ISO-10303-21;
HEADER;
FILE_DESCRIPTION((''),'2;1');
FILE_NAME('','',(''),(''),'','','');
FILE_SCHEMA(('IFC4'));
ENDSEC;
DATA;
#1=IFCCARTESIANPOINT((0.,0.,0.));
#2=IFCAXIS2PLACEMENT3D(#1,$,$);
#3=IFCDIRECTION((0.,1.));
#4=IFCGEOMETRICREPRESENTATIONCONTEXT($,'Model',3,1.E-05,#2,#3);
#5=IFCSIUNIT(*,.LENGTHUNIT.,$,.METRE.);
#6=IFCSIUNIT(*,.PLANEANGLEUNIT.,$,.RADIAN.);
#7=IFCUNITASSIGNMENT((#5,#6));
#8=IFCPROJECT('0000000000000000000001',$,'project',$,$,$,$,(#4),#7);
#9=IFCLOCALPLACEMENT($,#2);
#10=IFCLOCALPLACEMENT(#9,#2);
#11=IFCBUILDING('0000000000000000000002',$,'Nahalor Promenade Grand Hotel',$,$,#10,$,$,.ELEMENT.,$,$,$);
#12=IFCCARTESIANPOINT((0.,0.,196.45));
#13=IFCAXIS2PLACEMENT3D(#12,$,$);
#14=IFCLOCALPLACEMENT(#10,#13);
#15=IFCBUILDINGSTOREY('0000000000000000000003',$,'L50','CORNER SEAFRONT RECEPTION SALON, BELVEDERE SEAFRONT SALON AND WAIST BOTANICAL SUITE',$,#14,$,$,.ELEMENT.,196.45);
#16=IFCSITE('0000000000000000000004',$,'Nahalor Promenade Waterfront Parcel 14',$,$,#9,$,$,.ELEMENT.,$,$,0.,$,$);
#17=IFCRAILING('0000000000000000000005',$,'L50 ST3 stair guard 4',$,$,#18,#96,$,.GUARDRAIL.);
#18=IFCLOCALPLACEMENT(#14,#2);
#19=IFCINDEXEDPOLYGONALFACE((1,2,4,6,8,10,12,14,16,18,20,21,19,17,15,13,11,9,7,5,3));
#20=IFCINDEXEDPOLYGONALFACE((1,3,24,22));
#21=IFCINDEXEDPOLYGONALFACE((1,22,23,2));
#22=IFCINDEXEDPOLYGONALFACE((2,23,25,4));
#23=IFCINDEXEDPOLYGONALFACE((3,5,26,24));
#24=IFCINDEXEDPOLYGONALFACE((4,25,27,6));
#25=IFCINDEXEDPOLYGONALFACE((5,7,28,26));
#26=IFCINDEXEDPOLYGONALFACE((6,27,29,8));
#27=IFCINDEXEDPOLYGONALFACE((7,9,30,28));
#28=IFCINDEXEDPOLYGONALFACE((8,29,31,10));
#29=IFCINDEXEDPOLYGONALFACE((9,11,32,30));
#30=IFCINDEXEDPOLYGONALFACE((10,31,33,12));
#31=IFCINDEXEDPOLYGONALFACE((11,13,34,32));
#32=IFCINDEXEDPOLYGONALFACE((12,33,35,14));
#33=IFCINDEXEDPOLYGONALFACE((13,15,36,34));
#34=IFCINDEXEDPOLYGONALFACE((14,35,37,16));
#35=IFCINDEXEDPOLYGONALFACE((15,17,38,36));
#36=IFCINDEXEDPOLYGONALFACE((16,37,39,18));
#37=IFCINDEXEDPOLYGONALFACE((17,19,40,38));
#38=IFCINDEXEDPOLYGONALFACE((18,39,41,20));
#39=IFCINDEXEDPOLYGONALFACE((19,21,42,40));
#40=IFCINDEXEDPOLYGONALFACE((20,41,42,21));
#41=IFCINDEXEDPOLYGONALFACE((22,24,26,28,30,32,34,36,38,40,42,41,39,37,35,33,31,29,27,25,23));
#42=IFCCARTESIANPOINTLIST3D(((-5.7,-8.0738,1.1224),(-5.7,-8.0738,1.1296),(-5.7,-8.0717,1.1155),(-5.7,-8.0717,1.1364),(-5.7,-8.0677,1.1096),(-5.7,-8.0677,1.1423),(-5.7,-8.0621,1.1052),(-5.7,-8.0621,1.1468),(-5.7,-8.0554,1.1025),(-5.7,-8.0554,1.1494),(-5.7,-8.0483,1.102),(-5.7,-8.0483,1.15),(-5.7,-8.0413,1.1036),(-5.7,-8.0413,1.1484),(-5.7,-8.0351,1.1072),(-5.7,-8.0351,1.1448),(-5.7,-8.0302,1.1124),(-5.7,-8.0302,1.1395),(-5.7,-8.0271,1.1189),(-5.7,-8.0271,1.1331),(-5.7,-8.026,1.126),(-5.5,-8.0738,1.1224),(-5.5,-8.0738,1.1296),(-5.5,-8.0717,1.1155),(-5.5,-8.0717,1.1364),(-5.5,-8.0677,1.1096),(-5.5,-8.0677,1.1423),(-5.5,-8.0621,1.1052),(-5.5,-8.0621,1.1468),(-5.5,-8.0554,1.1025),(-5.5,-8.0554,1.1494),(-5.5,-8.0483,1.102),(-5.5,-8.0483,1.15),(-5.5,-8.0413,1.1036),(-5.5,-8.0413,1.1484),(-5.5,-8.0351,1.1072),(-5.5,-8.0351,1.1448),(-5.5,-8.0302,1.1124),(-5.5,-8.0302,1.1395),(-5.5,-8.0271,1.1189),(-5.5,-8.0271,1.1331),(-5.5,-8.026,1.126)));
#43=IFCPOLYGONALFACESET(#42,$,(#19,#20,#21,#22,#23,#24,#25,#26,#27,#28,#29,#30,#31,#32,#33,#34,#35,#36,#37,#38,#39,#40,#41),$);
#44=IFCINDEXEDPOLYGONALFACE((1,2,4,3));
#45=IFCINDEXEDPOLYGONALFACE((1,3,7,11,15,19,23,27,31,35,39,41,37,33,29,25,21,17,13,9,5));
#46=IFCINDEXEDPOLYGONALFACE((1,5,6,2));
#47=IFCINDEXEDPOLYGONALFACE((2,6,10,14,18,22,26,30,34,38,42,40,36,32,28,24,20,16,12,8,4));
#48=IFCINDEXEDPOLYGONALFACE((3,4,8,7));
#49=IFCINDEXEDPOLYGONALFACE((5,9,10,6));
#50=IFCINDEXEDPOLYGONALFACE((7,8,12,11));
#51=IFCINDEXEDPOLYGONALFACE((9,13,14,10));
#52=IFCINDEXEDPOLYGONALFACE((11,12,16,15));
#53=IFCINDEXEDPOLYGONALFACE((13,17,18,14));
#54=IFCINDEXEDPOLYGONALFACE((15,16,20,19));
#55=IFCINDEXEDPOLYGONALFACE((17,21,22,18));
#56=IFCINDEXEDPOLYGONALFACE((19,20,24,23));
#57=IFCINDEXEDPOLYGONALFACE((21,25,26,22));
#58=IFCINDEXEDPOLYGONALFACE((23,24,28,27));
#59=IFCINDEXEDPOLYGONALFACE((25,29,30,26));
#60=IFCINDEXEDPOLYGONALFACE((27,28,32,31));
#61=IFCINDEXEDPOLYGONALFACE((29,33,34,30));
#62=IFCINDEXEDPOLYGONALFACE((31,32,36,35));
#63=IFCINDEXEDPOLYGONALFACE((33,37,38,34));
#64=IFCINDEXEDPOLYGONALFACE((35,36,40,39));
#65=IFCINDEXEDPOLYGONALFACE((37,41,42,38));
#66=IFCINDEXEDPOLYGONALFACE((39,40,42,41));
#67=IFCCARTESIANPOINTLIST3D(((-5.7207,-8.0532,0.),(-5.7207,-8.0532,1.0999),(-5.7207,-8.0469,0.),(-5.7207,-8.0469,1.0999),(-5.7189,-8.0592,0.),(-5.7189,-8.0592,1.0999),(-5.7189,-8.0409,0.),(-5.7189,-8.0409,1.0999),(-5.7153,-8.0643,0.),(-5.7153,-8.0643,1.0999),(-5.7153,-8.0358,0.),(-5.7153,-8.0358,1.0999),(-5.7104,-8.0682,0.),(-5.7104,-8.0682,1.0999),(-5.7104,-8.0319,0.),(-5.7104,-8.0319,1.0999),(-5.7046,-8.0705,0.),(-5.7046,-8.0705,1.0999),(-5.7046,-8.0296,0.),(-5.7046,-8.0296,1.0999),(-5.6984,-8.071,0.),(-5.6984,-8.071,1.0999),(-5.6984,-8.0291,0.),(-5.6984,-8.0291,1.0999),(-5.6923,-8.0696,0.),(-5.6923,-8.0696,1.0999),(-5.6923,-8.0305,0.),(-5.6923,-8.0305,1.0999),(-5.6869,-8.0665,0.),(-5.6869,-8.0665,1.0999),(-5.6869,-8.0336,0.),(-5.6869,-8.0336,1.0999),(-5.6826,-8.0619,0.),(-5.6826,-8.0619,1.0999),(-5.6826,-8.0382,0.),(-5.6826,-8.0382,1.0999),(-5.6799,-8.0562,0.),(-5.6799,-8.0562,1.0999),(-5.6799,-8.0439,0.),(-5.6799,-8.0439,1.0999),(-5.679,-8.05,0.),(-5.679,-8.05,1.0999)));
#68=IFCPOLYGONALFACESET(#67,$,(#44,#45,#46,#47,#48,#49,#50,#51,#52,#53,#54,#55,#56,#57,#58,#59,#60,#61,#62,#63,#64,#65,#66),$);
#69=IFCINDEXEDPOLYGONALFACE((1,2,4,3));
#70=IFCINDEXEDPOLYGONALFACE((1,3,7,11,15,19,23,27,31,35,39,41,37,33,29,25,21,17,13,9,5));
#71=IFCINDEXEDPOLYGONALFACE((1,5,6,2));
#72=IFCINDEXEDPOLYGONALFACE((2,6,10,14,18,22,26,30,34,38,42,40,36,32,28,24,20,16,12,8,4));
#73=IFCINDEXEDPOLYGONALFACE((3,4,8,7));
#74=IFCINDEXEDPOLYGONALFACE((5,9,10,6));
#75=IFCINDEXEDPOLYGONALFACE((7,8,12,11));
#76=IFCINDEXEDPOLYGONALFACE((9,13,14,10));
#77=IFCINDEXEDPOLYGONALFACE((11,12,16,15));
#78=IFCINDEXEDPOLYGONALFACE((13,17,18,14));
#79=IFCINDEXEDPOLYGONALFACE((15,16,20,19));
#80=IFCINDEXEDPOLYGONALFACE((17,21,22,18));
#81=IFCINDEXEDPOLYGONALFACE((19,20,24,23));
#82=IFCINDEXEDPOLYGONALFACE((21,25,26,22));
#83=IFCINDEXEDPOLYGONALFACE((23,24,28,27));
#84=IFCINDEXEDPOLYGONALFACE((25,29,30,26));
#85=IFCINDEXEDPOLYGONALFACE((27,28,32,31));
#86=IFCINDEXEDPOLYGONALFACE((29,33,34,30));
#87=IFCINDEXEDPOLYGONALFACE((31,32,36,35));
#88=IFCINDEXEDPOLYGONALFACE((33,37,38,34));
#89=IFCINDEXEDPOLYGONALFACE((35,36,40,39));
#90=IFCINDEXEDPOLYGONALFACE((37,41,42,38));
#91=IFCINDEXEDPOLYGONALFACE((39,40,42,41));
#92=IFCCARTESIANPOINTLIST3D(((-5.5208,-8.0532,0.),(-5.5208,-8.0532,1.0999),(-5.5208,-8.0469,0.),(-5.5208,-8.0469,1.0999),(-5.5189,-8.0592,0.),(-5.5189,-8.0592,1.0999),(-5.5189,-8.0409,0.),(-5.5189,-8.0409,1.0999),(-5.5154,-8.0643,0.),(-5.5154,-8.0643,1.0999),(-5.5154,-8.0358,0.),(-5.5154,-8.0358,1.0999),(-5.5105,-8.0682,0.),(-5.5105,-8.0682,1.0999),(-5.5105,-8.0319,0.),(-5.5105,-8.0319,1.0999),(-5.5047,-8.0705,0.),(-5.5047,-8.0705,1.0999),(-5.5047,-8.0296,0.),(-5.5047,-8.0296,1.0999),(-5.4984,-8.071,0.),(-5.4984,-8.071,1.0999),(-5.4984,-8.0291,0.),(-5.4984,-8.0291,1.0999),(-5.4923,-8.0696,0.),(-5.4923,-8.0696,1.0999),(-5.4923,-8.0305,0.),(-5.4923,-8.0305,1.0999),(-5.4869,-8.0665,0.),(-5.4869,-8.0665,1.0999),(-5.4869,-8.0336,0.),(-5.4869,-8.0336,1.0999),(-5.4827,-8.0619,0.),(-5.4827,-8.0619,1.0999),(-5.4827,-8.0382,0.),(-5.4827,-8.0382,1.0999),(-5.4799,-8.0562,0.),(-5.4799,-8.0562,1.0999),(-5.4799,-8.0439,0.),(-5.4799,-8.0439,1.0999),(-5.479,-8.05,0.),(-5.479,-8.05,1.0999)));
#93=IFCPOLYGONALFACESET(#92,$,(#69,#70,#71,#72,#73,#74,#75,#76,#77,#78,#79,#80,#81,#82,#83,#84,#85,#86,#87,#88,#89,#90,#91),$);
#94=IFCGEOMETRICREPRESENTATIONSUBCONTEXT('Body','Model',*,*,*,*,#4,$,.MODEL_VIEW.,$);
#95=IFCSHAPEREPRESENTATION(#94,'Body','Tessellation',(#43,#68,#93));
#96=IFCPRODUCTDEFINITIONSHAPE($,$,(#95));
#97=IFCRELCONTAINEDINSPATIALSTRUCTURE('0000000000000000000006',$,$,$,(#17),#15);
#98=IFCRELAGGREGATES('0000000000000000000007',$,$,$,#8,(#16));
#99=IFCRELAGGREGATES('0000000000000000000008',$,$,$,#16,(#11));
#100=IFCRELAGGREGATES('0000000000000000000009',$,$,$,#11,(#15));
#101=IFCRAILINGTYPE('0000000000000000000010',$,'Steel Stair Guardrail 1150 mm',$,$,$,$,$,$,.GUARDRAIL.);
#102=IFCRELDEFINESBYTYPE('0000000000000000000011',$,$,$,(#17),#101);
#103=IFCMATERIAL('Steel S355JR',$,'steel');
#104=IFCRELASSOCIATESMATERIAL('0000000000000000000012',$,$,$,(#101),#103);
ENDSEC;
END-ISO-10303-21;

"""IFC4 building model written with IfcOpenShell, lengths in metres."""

from ifc_helpers import new_model, si_unit, direction, frame, origin, origin_2d, place, context, subcontext, project, spatial, circle, extrude, material, type_object, element, save


model = new_model("IFC4")

# Units and contexts
model_context = context("Model", 3, precision=1e-05, world=origin(), true_north=direction((0.0, 1.0)))
body_context = subcontext(model_context, "Body", "Model", "MODEL_VIEW")
ifc_project = project(units=[si_unit("LENGTHUNIT", "METRE"), si_unit("PLANEANGLEUNIT", "RADIAN")], contexts=[model_context])

# Site, building, storey
site_placement = place(None, origin())
site = spatial("IfcSite", under=ifc_project, at=site_placement, Name="Nahalor Promenade Waterfront Parcel 14", CompositionType="ELEMENT", RefElevation=0.0)
building_placement = place(site_placement, origin())
building = spatial("IfcBuilding", under=site, at=building_placement, Name="Nahalor Promenade Grand Hotel", CompositionType="ELEMENT")
storey_placement = place(building_placement, frame((0.0, 0.0, 196.45)))
storey = spatial("IfcBuildingStorey", under=building, at=storey_placement, Name="L50", Description="CORNER SEAFRONT RECEPTION SALON, BELVEDERE SEAFRONT SALON AND WAIST BOTANICAL SUITE", CompositionType="ELEMENT", Elevation=196.45)

# Shared definitions
ifc_material_1 = material(Name="Steel S355JR", Category="steel")

# Railing
railing_type_1 = type_object("IfcRailingType", Name="Steel Stair Guardrail 1150 mm", PredefinedType="GUARDRAIL", material=ifc_material_1)
railing_1_placement = place(storey_placement, frame((-5.7, -8.05, 0.0)))
element("IfcRailing", 1, at=railing_1_placement, inside=storey, type_object=railing_type_1, Name="L50 ST3 stair guard 4", PredefinedType="GUARDRAIL", context=body_context, shape_type="SweptSolid", body=[
    extrude(circle(Radius=0.024, at=origin_2d()), frame((0.0, 0.0, 1.126), z_axis=(1.0, 0.0, 0.0), x_axis=(0.0, 1.0, 0.0)), (0.0, 0.0, 1.0), 0.2),
    extrude(circle(Radius=0.021, at=origin_2d()), origin(), (0.0, 0.0, 1.0), 1.0999),
    extrude(circle(Radius=0.021, at=origin_2d()), frame((0.2, 0.0, 0.0)), (0.0, 0.0, 1.0), 1.0999),
])

save(model, "model.ifc")
